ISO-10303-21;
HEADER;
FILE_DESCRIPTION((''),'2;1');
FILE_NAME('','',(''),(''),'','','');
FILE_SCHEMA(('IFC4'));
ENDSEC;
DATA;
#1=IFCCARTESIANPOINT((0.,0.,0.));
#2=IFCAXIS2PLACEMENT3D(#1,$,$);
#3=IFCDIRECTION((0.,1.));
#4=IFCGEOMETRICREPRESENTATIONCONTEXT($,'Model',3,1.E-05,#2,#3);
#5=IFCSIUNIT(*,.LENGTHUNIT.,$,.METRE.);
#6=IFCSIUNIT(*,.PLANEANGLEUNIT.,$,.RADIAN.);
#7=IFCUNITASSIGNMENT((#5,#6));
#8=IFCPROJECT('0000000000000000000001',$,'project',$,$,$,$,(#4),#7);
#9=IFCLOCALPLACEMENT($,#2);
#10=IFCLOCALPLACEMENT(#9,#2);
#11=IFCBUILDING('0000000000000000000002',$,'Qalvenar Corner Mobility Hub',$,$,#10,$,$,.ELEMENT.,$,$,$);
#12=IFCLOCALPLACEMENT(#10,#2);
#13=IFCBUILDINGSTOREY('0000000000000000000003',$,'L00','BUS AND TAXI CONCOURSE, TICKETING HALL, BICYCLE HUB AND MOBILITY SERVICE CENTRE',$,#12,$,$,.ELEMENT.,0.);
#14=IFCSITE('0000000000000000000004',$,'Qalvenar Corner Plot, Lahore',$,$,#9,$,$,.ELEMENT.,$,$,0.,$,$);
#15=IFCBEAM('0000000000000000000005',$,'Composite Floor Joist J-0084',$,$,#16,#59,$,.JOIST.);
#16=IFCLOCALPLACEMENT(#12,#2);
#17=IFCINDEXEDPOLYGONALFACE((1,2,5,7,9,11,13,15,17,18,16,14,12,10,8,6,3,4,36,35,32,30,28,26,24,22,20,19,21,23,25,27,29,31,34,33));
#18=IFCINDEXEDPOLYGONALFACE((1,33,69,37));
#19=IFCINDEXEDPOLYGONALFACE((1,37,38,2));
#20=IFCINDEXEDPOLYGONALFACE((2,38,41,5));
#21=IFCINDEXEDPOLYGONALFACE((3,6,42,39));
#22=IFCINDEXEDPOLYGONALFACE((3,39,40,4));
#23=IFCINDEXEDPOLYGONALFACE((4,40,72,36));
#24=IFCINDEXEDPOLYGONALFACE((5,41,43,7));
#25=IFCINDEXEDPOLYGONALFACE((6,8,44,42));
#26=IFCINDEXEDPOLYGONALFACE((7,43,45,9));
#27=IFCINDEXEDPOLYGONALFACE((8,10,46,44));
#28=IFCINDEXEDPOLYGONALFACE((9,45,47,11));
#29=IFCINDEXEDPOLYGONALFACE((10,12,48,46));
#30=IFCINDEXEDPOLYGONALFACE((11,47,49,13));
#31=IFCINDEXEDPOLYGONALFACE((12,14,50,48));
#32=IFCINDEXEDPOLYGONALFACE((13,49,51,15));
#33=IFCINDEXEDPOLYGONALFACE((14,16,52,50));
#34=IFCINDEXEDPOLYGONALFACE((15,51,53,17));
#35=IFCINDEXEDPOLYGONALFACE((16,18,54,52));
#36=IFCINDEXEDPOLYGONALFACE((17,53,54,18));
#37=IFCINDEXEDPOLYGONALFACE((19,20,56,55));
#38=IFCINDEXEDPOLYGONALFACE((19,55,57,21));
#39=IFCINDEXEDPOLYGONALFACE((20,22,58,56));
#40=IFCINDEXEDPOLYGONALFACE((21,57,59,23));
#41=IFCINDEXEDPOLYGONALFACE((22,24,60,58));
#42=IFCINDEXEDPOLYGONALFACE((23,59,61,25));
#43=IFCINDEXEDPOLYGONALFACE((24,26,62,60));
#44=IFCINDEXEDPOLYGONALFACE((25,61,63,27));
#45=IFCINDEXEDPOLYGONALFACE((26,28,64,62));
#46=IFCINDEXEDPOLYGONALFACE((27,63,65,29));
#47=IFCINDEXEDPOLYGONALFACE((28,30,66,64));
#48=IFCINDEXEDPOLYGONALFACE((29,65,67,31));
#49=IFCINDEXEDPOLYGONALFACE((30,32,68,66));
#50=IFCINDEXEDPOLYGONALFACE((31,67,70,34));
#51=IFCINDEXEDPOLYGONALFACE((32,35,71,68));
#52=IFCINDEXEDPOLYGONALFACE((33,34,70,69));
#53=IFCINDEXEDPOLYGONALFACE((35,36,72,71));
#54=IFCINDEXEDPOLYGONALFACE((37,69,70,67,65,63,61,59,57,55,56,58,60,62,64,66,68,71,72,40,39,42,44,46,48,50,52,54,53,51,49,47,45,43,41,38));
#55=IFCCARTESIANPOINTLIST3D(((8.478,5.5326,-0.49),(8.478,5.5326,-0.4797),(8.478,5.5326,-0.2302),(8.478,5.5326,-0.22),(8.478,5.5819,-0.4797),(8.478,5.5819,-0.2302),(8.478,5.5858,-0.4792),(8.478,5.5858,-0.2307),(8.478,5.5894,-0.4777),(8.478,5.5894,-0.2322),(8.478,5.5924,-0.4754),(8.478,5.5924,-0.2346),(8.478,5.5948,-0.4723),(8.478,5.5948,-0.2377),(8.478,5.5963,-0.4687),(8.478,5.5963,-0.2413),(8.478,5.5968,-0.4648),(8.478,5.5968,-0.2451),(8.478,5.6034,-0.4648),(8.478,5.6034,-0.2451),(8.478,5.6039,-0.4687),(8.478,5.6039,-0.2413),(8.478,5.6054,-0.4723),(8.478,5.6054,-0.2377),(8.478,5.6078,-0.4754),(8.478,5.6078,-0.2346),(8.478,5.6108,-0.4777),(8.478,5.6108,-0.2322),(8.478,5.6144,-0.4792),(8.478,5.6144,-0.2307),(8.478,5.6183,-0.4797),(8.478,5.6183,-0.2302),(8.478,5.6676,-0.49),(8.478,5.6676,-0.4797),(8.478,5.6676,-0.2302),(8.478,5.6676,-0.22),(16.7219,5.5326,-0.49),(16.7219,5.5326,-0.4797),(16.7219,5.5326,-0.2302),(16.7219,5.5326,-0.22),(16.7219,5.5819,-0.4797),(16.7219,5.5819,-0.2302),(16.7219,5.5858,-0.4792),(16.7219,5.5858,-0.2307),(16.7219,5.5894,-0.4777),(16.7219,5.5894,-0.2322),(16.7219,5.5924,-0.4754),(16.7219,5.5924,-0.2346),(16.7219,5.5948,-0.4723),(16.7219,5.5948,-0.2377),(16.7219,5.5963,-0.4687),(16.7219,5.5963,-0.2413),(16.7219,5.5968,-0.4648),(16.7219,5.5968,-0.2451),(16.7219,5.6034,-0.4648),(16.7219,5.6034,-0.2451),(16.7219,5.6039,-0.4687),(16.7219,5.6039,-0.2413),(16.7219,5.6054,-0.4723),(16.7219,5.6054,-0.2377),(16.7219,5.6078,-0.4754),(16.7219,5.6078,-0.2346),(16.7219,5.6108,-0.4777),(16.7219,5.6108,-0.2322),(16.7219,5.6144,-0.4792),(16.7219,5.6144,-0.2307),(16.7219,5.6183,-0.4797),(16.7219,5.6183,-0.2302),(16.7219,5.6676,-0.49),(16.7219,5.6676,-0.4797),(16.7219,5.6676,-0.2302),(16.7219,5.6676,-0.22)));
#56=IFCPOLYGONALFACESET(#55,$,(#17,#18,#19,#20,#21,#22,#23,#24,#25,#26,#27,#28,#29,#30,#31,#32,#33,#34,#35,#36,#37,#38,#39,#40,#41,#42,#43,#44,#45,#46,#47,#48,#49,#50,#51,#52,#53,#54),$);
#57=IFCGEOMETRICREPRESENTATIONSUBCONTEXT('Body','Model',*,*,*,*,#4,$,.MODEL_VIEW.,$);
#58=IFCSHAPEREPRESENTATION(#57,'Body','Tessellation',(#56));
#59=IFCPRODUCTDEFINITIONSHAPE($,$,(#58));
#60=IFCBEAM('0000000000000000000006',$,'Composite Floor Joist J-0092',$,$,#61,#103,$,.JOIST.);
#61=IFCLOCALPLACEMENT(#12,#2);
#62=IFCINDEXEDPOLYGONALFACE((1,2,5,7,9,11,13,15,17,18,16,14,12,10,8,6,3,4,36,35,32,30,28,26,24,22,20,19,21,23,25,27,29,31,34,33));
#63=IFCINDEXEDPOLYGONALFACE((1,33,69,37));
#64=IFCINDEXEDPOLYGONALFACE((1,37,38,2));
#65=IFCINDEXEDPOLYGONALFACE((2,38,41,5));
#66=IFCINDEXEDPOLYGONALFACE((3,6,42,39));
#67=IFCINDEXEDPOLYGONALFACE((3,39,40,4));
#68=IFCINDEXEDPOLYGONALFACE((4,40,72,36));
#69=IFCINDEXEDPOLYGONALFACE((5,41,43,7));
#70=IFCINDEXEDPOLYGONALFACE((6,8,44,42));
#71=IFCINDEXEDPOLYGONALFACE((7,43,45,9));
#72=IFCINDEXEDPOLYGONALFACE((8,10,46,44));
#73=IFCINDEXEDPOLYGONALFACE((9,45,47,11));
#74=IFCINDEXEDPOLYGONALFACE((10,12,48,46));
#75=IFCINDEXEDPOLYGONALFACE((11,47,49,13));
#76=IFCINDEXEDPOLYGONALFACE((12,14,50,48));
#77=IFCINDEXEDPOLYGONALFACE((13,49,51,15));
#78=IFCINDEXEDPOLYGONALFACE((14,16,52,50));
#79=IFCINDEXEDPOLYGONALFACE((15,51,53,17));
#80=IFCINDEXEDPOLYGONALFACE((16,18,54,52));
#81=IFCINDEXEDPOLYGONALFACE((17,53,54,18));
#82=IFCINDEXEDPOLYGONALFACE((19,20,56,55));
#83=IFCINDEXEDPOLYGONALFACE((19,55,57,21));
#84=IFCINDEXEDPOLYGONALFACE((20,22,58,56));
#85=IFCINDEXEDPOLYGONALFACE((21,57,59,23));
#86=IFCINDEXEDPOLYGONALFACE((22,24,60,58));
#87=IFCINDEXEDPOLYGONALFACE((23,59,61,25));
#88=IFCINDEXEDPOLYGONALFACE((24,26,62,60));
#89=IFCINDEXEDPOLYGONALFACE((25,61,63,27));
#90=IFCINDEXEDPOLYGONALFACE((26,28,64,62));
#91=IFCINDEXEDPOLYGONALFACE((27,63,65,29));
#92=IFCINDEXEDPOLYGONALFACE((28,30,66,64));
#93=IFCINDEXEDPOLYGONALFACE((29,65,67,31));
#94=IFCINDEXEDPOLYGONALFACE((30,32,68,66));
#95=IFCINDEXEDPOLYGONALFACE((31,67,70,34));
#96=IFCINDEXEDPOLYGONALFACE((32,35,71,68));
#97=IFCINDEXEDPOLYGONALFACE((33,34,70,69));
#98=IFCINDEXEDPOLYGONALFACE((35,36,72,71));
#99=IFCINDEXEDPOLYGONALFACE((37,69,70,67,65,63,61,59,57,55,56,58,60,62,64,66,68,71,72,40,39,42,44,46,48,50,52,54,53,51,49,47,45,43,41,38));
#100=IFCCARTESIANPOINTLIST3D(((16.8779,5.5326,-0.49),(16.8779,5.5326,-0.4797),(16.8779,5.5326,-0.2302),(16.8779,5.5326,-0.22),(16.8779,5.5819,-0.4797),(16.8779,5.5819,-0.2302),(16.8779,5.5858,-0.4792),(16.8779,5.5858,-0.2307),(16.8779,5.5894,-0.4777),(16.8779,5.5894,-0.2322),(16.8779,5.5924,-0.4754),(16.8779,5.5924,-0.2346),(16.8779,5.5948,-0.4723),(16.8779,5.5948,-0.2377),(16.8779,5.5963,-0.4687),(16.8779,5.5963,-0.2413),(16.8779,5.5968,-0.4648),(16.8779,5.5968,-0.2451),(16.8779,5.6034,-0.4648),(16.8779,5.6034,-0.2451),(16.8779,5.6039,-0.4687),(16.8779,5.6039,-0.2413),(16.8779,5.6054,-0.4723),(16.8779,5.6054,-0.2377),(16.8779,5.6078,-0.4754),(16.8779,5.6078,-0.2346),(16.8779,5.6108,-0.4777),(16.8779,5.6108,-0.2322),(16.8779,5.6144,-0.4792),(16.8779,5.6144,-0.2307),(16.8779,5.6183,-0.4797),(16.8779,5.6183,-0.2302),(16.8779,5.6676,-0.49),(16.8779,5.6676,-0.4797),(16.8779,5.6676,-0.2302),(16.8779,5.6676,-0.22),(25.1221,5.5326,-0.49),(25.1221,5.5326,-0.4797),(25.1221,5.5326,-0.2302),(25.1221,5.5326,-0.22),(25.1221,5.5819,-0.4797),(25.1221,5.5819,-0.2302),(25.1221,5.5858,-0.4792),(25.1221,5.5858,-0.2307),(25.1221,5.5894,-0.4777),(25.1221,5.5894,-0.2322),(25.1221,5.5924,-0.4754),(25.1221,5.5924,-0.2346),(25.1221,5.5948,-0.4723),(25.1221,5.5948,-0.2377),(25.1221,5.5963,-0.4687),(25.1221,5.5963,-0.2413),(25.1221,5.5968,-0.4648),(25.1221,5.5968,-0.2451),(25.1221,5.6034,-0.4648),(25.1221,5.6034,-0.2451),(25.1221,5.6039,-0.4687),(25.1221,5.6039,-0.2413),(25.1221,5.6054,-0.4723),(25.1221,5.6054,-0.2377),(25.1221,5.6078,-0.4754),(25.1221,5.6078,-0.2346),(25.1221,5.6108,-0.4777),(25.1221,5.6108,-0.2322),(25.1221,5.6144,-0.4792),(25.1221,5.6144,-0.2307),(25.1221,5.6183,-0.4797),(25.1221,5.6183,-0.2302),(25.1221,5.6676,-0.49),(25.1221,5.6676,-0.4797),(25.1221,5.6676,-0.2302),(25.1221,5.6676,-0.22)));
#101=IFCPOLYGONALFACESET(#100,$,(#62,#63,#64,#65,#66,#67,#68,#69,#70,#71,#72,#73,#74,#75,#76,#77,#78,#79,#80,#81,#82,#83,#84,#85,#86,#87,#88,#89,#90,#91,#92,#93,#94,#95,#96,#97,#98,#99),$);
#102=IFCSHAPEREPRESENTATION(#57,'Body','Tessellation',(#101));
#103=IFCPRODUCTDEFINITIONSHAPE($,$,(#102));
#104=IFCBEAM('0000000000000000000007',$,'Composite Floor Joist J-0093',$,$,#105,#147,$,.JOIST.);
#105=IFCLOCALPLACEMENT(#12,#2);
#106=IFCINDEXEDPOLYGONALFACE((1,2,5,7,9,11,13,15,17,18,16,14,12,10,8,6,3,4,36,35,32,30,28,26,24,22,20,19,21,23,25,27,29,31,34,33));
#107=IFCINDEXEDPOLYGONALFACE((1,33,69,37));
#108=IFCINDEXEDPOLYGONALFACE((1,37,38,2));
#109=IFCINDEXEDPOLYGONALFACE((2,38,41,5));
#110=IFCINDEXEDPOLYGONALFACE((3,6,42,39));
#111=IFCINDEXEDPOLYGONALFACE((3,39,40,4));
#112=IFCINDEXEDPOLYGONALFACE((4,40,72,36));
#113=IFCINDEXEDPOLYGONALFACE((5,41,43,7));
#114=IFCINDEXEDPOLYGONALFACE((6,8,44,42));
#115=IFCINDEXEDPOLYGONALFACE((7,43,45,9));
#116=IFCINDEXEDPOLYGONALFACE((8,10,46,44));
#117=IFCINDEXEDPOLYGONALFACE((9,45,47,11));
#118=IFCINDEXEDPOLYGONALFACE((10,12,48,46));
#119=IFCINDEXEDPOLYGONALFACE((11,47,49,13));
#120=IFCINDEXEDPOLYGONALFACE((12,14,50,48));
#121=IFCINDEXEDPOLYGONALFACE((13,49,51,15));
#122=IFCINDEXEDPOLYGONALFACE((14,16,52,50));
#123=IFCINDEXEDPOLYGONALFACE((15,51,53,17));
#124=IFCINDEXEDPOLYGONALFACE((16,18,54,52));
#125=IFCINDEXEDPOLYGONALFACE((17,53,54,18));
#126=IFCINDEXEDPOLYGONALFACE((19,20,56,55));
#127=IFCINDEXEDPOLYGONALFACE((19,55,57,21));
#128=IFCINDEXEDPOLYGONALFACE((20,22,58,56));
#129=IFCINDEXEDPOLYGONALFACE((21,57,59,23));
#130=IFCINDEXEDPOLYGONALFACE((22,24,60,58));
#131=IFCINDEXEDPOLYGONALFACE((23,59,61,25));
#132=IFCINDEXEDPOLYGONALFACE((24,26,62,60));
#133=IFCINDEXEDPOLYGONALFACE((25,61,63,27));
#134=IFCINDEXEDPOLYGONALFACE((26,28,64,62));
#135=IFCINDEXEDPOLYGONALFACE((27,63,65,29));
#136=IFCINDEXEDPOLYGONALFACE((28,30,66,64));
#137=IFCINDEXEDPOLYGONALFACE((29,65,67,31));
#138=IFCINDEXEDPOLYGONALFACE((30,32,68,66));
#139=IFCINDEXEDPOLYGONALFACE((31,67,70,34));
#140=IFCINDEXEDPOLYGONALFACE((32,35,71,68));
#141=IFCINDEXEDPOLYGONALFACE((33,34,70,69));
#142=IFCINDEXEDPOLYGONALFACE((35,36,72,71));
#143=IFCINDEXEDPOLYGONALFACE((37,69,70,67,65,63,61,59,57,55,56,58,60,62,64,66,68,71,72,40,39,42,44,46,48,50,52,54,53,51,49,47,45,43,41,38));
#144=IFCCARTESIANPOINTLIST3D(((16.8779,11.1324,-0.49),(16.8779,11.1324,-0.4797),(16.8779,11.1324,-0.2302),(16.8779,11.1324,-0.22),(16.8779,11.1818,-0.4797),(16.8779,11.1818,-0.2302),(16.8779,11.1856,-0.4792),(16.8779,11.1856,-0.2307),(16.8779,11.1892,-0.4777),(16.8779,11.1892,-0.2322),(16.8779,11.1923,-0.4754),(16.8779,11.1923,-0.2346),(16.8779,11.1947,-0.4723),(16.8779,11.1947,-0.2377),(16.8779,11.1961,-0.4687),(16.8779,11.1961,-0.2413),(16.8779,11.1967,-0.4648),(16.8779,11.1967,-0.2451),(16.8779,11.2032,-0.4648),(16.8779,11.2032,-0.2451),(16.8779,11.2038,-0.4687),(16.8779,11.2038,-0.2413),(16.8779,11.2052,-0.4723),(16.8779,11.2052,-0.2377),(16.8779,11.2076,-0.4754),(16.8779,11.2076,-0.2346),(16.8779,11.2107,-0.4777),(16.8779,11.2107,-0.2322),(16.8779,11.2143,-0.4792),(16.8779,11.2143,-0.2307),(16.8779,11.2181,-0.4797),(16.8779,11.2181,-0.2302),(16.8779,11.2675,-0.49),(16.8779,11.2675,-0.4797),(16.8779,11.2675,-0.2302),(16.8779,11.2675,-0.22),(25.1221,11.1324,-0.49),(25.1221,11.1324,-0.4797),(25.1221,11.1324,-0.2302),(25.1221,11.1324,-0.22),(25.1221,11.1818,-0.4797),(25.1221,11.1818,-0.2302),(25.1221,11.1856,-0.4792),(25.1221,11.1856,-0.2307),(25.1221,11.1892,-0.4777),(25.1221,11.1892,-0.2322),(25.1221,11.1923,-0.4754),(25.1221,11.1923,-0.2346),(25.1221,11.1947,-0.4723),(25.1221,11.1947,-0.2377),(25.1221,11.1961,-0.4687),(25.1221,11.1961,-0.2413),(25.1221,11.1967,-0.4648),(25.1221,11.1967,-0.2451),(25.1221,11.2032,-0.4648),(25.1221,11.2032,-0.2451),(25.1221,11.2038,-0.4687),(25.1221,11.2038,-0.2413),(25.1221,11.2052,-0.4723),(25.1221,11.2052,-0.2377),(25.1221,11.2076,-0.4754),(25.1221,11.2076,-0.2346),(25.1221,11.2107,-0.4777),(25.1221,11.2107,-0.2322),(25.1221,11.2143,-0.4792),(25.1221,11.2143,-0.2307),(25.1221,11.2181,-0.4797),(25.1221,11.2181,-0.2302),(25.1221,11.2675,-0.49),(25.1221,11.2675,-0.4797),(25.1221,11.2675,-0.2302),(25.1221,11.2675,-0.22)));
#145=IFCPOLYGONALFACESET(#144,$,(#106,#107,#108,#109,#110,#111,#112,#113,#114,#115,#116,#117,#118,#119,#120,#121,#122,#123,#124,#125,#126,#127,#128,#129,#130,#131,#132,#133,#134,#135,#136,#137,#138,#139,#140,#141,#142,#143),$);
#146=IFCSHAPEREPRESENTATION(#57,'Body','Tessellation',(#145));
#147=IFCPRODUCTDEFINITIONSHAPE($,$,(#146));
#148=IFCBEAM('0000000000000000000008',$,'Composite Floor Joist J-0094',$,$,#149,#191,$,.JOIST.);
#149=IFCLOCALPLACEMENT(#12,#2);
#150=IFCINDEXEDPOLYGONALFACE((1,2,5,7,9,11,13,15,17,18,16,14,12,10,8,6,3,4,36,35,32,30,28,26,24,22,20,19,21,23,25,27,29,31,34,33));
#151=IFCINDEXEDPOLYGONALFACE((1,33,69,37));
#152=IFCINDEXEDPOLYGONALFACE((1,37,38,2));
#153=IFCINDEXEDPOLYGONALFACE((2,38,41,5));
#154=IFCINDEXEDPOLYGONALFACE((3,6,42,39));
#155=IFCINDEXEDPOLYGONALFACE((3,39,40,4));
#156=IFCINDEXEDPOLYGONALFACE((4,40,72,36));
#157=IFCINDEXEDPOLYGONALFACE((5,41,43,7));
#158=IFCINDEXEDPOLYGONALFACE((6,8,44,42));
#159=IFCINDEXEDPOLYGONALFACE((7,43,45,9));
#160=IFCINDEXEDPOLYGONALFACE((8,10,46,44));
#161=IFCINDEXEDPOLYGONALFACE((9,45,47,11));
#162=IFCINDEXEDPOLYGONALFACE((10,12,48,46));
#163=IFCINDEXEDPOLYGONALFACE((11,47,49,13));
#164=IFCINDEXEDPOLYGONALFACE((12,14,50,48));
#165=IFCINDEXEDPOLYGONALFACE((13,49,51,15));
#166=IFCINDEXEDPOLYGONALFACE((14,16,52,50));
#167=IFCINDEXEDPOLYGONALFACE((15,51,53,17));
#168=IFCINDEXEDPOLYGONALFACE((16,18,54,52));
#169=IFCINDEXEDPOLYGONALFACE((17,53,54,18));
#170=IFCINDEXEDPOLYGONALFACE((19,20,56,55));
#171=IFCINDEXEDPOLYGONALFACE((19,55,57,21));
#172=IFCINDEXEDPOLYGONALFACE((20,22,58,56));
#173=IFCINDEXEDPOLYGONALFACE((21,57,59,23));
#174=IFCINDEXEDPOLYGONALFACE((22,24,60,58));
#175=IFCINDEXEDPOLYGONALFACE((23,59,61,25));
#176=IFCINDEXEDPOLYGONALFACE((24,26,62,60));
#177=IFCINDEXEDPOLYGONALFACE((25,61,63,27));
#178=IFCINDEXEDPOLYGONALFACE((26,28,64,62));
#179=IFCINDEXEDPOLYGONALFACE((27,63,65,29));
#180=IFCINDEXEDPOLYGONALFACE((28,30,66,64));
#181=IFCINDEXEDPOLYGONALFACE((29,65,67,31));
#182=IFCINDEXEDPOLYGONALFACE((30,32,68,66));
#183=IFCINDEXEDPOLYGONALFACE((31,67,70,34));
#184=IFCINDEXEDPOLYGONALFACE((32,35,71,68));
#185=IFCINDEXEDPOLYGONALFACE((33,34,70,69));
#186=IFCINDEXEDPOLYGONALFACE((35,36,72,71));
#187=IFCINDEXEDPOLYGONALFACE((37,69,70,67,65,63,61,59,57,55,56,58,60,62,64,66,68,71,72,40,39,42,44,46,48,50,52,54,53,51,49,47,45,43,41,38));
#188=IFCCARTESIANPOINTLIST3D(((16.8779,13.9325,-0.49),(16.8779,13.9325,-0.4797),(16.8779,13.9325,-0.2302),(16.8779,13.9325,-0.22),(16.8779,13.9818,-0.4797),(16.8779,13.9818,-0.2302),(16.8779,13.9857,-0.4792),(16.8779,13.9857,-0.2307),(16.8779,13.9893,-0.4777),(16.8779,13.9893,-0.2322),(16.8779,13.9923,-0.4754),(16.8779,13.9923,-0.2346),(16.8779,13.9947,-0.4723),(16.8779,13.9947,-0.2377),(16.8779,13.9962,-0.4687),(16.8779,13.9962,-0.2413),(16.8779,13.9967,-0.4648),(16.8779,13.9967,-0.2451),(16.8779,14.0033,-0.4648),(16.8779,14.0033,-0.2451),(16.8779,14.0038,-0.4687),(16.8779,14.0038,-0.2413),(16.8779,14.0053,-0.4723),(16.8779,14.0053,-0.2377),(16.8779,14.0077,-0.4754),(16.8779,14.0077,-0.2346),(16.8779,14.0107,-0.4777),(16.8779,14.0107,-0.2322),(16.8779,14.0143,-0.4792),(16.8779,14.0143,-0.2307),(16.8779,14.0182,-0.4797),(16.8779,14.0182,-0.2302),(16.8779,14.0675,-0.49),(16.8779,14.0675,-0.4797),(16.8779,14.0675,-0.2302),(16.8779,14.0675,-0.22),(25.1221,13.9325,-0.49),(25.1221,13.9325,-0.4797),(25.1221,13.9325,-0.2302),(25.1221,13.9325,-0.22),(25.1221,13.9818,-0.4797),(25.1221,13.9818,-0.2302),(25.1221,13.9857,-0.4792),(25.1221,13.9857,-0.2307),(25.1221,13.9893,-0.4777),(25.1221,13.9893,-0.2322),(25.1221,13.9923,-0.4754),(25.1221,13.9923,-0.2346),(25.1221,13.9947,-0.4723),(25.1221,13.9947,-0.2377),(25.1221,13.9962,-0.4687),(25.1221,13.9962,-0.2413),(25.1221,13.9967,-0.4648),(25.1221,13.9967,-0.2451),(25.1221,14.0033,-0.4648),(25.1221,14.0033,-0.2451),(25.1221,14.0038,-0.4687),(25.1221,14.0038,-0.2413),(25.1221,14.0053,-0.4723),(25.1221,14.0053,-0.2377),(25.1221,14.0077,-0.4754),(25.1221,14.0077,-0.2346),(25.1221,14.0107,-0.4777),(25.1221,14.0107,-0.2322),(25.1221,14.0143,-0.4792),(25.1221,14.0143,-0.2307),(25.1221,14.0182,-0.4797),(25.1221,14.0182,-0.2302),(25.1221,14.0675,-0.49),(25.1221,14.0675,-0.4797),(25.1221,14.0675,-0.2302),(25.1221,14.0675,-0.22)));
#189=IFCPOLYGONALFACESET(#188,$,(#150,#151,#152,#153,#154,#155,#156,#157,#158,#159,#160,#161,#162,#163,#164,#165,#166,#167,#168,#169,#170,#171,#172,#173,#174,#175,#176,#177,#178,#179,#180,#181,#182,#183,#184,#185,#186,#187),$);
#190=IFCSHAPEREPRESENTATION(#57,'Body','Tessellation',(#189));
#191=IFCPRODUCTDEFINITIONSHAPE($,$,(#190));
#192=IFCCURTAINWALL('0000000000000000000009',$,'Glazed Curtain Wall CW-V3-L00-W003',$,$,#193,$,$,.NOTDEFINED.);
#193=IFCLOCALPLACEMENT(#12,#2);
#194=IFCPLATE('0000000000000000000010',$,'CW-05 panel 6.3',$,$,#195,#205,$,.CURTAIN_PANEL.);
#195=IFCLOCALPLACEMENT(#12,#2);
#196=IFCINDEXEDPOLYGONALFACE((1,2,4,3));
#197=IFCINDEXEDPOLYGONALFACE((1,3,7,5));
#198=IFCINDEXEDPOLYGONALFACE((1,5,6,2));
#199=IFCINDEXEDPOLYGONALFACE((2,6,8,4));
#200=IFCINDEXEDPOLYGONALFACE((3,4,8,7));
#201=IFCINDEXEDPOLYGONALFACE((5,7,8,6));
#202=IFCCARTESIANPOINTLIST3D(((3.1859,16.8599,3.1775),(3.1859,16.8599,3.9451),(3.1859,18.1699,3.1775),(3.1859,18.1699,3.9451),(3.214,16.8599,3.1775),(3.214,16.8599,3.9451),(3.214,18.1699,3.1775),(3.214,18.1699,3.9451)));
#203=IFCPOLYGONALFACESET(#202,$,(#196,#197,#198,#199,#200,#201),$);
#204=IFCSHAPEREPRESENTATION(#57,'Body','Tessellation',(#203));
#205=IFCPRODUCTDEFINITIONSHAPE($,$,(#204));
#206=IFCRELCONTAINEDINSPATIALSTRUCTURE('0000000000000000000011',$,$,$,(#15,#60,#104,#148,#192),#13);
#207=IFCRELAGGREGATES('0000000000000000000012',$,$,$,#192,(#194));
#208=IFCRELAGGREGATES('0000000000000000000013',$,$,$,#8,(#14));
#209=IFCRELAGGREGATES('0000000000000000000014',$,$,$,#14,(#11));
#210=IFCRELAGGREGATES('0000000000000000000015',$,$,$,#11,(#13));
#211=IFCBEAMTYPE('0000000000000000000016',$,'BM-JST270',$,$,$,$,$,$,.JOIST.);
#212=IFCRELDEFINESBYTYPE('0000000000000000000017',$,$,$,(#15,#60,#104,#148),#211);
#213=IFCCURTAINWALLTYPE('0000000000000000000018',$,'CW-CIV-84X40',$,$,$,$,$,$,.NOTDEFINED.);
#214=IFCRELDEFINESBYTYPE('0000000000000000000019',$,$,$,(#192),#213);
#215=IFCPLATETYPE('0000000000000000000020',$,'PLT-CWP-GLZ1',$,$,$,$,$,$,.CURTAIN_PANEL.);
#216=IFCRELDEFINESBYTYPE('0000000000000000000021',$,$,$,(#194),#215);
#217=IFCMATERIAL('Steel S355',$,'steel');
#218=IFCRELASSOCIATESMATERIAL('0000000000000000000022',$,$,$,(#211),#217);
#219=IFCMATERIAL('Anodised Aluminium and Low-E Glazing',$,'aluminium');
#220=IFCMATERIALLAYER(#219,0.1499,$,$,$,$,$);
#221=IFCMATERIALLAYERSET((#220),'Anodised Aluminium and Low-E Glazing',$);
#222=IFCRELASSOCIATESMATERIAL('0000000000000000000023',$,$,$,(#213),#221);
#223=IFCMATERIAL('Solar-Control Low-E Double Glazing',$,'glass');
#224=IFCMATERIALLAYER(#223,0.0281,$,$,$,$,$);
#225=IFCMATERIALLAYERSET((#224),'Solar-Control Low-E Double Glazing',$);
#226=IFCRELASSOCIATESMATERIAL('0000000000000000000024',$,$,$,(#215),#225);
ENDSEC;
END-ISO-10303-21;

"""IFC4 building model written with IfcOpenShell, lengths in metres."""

from ifc_helpers import new_model, si_unit, direction, frame, origin, origin_2d, place, context, subcontext, project, spatial, rectangle, i_section, extrude, material, layer, layer_set, material_profile, profile_set, type_object, element, aggregate, save


model = new_model("IFC4")

# Units and contexts
model_context = context("Model", 3, precision=1e-05, world=origin(), true_north=direction((0.0, 1.0)))
body_context = subcontext(model_context, "Body", "Model", "MODEL_VIEW")
ifc_project = project(units=[si_unit("LENGTHUNIT", "METRE"), si_unit("PLANEANGLEUNIT", "RADIAN")], contexts=[model_context])

# Site, building, storey
site_placement = place(None, origin())
site = spatial("IfcSite", under=ifc_project, at=site_placement, Name="Qalvenar Corner Plot, Lahore", CompositionType="ELEMENT", RefElevation=0.0)
building_placement = place(site_placement, origin())
building = spatial("IfcBuilding", under=site, at=building_placement, Name="Qalvenar Corner Mobility Hub", CompositionType="ELEMENT")
storey_placement = place(building_placement, origin())
storey = spatial("IfcBuildingStorey", under=building, at=storey_placement, Name="L00", Description="BUS AND TAXI CONCOURSE, TICKETING HALL, BICYCLE HUB AND MOBILITY SERVICE CENTRE", CompositionType="ELEMENT", Elevation=0.0)

# Beams
ifc_material_1 = material(Name="Steel S355", Category="steel")
ifc_material_profile_1 = material_profile(ifc_material_1, i_section(OverallWidth=0.135, OverallDepth=0.27, WebThickness=0.0066, FlangeThickness=0.0103, FilletRadius=0.0149, at=origin_2d()), Name="IPE270")
ifc_profile_set_1 = profile_set([ifc_material_profile_1], Name="Steel S355")
beam_type_1 = type_object("IfcBeamType", Name="BM-JST270", PredefinedType="JOIST", material=ifc_profile_set_1)
beam_1_placement = place(storey_placement, frame((8.478, 5.6001, -0.355), z_axis=(1.0, 0.0, 0.0), x_axis=(0.0, 1.0, 0.0)))
element("IfcBeam", 1, at=beam_1_placement, inside=storey, type_object=beam_type_1, Name="Composite Floor Joist J-0084", PredefinedType="JOIST", context=body_context, shape_type="SweptSolid", body=[
    extrude(i_section(OverallWidth=0.135, OverallDepth=0.27, WebThickness=0.0066, FlangeThickness=0.0103, FilletRadius=0.0149, at=origin_2d()), origin(), (0.0, 0.0, 1.0), 8.2439),
])
for number, where, z_axis, x_axis, name in (
    (2, (16.8779, 5.6001, -0.355), (1.0, 0.0, 0.0), (0.0, 1.0, 0.0), "Composite Floor Joist J-0092"),
    (3, (16.8779, 11.2, -0.355), (1.0, 0.0, 0.0), (0.0, 1.0, 0.0), "Composite Floor Joist J-0093"),
    (4, (16.8779, 14.0, -0.355), (1.0, 0.0, 0.0), (0.0, 1.0, 0.0), "Composite Floor Joist J-0094"),
):
    element("IfcBeam", number, at=place(storey_placement, frame(where, z_axis=z_axis, x_axis=x_axis)), inside=storey, type_object=beam_type_1, Name=name, PredefinedType="JOIST", context=body_context, shape_type="SweptSolid", body=[
        extrude(i_section(OverallWidth=0.135, OverallDepth=0.27, WebThickness=0.0066, FlangeThickness=0.0103, FilletRadius=0.0149, at=origin_2d()), origin(), (0.0, 0.0, 1.0), 8.2441),
    ])

# Curtain wall, plate
ifc_material_2 = material(Name="Anodised Aluminium and Low-E Glazing", Category="aluminium")
ifc_layer_1 = layer(ifc_material_2, 0.1499)
ifc_layer_set_1 = layer_set([ifc_layer_1], Name="Anodised Aluminium and Low-E Glazing")
curtain_wall_type = type_object("IfcCurtainWallType", Name="CW-CIV-84X40", PredefinedType="NOTDEFINED", material=ifc_layer_set_1)
curtain_wall_placement = place(storey_placement, origin())
curtain_wall = element("IfcCurtainWall", 5, at=curtain_wall_placement, inside=storey, type_object=curtain_wall_type, Name="Glazed Curtain Wall CW-V3-L00-W003", PredefinedType="NOTDEFINED")
ifc_material_3 = material(Name="Solar-Control Low-E Double Glazing", Category="glass")
ifc_layer_2 = layer(ifc_material_3, 0.0281)
ifc_layer_set_2 = layer_set([ifc_layer_2], Name="Solar-Control Low-E Double Glazing")
plate_type = type_object("IfcPlateType", Name="PLT-CWP-GLZ1", PredefinedType="CURTAIN_PANEL", material=ifc_layer_set_2)
plate_placement = place(storey_placement, frame((3.2, 17.5149, 3.1775), z_axis=(0.0, 0.0, 1.0), x_axis=(0.0, -1.0, 0.0)))
plate = element("IfcPlate", 6, at=plate_placement, type_object=plate_type, Name="CW-05 panel 6.3", PredefinedType="CURTAIN_PANEL", context=body_context, shape_type="SweptSolid", body=[
    extrude(rectangle(XDim=1.3101, YDim=0.0281, at=origin_2d()), origin(), (0.0, 0.0, 1.0), 0.7676),
])
aggregate(curtain_wall, [plate])

save(model, "model.ifc")
